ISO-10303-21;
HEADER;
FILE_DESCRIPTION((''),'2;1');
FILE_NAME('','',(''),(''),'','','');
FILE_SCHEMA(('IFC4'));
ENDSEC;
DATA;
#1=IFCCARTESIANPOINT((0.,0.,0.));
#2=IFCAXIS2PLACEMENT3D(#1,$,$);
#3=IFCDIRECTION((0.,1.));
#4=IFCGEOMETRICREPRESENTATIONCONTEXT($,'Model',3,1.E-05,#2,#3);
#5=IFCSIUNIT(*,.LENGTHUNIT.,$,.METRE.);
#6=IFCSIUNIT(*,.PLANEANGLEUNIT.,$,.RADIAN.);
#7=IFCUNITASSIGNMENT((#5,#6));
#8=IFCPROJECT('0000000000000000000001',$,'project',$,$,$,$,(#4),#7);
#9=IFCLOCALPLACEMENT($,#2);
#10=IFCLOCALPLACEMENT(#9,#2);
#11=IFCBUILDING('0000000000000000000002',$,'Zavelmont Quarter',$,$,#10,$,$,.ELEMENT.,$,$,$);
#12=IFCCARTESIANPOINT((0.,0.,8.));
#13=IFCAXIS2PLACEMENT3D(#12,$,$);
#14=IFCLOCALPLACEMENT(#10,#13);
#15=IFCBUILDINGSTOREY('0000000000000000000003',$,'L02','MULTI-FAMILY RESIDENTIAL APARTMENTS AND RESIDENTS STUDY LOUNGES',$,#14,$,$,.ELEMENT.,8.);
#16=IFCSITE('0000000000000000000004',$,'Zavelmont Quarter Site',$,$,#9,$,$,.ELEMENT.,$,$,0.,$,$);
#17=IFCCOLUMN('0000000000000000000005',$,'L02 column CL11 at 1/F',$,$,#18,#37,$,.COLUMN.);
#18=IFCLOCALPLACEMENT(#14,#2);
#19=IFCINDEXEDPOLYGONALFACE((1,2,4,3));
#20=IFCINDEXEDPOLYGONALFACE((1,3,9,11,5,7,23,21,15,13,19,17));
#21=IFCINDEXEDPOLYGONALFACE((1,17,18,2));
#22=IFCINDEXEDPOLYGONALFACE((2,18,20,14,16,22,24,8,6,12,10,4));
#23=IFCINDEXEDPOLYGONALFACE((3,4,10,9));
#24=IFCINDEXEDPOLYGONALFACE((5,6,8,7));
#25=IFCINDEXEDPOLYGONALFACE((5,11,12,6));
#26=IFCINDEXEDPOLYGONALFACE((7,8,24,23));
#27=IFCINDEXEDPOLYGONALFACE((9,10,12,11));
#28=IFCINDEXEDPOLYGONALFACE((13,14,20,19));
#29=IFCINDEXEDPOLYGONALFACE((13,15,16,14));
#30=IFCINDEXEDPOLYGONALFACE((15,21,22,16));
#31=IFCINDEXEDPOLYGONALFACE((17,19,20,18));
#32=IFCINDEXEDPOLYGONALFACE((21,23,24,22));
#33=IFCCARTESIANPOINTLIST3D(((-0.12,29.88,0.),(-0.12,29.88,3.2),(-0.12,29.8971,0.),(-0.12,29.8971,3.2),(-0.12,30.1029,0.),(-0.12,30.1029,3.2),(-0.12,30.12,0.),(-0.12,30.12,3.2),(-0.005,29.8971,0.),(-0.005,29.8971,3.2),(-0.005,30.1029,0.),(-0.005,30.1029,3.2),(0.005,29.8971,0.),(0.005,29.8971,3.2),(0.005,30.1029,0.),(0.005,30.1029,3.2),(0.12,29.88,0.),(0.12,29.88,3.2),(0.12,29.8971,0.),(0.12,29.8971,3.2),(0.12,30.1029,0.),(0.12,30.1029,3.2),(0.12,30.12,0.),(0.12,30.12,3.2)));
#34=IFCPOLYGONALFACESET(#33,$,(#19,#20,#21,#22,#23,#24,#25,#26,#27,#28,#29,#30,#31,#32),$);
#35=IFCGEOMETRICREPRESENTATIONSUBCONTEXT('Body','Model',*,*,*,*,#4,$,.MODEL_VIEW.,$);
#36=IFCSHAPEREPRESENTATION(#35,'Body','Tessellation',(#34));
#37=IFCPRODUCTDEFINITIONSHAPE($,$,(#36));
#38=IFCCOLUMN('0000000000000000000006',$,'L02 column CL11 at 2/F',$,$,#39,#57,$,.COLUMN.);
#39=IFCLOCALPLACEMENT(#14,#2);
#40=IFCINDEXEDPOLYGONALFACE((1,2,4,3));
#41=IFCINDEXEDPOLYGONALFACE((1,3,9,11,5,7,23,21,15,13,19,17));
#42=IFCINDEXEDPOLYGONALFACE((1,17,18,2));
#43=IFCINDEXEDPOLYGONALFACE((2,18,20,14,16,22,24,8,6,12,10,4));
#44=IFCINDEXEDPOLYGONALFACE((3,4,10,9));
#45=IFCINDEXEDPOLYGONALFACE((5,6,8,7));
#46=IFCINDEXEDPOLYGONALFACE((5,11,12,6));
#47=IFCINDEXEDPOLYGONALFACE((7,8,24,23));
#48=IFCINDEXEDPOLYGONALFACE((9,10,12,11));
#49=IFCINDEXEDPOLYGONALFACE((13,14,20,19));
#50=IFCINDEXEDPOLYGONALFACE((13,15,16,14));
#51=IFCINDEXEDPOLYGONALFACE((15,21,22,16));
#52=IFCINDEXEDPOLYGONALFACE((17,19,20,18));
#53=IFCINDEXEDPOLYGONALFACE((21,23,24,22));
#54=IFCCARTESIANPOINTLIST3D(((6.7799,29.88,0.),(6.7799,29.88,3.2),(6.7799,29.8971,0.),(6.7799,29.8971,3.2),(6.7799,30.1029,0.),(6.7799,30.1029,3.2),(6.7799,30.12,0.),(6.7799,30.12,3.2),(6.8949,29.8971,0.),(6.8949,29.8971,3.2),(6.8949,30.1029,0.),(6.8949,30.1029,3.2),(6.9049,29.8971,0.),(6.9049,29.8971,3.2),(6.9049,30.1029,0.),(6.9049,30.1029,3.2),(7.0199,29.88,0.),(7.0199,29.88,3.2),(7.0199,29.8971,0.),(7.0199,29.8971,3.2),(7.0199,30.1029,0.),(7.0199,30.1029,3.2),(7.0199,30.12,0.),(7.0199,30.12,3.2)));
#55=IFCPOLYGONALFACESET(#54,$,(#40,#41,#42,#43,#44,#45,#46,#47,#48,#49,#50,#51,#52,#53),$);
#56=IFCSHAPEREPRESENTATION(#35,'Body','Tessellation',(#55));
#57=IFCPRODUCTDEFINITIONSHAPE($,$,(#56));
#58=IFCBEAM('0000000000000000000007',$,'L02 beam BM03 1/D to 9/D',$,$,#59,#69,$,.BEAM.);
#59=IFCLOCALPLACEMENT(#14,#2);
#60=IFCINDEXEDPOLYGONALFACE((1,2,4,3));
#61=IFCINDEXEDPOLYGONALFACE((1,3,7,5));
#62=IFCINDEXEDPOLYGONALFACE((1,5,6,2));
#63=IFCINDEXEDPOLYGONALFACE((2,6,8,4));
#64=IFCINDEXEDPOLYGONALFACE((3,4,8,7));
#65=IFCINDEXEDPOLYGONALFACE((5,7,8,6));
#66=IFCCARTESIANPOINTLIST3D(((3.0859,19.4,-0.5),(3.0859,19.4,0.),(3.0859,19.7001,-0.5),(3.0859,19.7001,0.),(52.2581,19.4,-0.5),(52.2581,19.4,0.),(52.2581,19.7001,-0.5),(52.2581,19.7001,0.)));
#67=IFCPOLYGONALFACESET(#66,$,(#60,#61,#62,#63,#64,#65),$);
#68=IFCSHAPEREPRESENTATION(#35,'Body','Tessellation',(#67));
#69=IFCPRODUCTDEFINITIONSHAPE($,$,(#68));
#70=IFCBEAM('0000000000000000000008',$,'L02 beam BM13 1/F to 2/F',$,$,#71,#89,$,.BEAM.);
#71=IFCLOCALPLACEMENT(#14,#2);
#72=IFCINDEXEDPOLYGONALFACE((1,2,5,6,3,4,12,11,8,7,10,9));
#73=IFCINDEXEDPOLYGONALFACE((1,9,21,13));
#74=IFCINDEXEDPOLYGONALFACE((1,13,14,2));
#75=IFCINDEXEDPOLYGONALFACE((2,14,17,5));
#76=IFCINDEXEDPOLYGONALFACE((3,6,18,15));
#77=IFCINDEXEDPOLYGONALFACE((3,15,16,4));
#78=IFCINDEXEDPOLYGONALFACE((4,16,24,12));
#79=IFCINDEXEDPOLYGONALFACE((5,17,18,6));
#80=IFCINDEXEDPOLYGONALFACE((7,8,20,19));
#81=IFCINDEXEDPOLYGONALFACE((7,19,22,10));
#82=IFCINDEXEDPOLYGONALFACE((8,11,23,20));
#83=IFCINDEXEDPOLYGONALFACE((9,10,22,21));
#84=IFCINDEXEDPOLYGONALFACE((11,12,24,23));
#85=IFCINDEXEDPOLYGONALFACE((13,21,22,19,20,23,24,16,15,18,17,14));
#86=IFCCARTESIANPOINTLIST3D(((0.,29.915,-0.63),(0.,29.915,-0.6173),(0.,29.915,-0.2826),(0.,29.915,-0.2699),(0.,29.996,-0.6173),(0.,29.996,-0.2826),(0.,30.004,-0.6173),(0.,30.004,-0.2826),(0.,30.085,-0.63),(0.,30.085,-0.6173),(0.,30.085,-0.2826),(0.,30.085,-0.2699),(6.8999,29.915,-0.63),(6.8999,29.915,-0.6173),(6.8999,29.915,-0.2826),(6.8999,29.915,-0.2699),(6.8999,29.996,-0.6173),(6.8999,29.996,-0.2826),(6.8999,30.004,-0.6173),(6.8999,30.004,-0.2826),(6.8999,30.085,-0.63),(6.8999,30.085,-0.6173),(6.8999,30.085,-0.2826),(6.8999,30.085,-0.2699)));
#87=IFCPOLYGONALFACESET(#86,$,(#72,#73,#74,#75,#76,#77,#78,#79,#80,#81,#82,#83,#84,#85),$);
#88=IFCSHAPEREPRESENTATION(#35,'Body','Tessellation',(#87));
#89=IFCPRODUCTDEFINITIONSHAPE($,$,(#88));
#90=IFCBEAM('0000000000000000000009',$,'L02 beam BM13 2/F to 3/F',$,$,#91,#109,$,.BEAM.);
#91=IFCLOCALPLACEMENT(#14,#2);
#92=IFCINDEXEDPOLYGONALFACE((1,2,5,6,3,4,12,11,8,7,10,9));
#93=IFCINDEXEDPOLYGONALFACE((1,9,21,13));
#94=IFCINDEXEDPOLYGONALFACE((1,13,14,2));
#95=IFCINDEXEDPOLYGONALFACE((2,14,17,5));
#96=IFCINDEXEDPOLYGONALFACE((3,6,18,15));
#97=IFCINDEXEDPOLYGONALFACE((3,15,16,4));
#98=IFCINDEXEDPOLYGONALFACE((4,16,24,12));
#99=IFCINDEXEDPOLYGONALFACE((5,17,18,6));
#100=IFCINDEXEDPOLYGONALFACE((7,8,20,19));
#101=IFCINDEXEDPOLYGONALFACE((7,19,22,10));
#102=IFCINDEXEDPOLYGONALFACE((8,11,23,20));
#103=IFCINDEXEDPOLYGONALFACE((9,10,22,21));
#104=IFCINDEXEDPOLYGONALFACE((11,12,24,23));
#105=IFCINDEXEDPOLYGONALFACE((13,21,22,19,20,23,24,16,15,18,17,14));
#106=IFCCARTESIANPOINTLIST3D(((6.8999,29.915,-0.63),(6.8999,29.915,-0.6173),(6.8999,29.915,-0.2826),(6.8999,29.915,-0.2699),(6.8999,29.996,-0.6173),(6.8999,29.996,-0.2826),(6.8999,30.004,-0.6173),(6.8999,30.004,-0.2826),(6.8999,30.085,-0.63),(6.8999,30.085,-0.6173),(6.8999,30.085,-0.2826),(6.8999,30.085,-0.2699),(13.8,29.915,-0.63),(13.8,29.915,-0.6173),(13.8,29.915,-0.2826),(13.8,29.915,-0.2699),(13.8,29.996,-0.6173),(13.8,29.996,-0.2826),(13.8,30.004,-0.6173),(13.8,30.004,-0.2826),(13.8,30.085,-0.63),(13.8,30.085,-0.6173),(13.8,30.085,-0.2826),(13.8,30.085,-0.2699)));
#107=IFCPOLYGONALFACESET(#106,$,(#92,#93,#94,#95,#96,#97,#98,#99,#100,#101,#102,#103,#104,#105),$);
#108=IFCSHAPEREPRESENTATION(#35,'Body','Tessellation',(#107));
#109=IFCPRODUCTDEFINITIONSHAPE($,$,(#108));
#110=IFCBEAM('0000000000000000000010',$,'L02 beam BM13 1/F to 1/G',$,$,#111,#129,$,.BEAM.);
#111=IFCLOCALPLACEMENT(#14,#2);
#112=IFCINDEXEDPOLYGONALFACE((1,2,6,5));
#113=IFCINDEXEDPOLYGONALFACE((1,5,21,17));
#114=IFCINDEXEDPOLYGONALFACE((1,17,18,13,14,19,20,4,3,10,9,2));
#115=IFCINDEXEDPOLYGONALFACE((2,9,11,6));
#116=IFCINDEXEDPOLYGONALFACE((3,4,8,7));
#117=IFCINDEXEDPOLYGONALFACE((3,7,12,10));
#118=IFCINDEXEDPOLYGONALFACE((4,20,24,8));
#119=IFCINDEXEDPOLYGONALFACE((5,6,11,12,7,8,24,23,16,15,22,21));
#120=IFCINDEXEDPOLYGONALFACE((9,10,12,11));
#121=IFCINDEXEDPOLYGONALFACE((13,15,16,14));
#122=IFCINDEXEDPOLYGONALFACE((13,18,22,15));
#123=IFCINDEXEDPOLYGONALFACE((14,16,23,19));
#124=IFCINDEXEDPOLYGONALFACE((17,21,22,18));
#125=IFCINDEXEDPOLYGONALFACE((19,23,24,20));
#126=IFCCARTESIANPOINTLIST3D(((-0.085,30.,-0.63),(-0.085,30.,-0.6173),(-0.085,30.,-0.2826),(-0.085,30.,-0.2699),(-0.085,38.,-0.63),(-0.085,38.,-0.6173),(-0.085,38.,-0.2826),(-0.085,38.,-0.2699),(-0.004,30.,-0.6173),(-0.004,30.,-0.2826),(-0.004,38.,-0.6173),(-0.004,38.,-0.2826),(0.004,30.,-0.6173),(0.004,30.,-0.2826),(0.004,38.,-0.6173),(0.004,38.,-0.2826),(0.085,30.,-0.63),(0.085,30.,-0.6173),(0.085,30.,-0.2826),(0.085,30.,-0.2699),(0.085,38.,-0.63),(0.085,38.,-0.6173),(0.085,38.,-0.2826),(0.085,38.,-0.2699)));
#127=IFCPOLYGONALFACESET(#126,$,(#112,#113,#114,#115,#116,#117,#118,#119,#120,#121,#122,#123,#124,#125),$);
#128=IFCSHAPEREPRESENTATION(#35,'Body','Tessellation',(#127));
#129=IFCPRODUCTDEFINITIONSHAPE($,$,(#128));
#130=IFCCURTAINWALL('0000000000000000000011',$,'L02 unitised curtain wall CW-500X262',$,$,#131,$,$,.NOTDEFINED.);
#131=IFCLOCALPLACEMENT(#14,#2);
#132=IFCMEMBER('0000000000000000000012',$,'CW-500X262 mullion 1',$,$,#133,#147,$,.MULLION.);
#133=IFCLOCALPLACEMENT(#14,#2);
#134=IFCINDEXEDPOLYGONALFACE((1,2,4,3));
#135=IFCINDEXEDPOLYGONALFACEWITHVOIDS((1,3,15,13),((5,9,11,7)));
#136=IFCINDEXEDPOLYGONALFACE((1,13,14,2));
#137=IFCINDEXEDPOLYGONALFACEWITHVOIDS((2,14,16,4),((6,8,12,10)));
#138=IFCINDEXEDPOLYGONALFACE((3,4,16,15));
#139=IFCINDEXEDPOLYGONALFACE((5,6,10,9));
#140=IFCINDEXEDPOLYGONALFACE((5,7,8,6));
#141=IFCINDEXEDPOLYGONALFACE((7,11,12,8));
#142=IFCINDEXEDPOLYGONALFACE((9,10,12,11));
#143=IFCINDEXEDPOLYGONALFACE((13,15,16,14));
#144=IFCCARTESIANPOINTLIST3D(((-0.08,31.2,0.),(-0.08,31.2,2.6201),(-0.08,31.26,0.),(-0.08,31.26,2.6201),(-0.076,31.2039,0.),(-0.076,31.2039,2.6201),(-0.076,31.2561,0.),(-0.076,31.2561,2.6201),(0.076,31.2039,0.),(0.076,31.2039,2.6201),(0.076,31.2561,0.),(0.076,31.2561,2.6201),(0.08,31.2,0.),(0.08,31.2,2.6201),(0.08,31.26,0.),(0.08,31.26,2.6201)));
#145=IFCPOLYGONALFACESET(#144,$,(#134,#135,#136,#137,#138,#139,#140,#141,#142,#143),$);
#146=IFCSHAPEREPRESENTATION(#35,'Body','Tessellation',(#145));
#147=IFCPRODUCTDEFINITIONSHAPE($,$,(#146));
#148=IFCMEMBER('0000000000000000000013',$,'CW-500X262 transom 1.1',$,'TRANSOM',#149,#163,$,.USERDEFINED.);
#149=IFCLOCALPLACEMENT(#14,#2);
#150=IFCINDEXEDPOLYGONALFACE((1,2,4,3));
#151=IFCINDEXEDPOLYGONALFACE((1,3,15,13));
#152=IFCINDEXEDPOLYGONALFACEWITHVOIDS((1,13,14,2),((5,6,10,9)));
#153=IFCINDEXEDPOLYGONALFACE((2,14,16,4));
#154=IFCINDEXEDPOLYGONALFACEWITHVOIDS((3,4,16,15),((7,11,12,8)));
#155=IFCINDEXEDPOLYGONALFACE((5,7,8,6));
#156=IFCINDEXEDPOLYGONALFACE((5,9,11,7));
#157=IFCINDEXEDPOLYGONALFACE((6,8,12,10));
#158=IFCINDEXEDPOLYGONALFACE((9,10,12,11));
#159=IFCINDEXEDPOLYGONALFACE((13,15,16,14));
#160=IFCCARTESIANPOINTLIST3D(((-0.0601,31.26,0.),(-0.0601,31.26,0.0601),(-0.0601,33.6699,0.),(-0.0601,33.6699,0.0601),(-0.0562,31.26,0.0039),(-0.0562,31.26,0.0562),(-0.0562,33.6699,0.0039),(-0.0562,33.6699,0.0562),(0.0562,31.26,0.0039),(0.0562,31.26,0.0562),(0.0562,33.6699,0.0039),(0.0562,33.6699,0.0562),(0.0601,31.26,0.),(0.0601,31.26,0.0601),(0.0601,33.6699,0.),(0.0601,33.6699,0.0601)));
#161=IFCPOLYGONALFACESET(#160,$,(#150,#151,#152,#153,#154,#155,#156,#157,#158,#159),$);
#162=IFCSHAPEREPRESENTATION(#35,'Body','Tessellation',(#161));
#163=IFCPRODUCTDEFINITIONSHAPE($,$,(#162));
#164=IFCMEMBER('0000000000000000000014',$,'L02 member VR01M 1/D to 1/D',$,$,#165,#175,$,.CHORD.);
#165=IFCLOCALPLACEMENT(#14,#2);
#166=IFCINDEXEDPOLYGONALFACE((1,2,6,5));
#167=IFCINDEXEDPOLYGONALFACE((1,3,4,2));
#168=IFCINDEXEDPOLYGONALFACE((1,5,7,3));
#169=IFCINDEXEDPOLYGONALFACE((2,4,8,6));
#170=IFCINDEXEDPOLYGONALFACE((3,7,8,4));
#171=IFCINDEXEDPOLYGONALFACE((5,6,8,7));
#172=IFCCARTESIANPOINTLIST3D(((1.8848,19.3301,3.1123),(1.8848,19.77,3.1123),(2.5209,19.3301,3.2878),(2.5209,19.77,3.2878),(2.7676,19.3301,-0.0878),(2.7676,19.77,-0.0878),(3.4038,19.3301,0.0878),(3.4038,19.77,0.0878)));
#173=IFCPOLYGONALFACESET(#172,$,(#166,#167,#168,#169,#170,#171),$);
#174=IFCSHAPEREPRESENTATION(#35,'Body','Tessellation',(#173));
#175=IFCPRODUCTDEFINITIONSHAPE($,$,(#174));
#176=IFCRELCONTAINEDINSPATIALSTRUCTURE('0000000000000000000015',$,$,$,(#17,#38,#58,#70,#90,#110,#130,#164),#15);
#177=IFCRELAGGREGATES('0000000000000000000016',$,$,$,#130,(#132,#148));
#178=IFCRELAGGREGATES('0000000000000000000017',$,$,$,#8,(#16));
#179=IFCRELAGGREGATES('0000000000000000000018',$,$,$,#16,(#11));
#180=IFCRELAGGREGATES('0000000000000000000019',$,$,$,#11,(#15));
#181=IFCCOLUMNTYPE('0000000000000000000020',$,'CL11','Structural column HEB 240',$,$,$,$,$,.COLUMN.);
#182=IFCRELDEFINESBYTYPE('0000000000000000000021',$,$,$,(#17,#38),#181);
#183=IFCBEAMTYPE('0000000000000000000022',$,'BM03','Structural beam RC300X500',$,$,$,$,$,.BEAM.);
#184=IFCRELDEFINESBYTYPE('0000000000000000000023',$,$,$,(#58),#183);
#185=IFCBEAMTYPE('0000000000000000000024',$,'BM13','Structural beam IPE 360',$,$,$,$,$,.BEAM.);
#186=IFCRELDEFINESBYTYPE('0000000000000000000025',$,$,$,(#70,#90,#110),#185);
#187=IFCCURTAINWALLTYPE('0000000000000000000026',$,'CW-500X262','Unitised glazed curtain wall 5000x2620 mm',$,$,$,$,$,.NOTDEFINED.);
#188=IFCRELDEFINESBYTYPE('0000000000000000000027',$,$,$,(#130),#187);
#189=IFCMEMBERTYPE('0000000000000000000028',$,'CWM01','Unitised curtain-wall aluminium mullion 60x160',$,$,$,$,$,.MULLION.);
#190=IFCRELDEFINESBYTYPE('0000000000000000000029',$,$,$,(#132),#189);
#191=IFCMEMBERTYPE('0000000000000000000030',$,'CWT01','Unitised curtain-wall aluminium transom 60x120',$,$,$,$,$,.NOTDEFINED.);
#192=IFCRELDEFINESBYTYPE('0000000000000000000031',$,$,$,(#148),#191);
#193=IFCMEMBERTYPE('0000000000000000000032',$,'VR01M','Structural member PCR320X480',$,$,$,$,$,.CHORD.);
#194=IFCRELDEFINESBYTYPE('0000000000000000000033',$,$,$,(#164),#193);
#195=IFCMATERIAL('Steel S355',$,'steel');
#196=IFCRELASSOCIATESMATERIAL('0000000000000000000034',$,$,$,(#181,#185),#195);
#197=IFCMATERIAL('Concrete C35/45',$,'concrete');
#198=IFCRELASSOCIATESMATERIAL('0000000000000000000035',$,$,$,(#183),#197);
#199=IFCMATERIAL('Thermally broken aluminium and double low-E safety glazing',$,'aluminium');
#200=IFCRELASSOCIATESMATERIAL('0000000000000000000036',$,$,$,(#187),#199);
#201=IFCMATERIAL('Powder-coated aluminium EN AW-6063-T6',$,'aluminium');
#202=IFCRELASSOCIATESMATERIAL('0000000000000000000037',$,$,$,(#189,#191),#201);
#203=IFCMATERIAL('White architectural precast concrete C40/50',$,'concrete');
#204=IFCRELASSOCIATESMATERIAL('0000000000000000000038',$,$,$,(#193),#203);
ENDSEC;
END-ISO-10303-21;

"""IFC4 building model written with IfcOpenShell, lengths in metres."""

from ifc_helpers import new_model, si_unit, direction, frame, origin, origin_2d, place, context, subcontext, project, spatial, rectangle, hollow_rectangle, i_section, extrude, material, material_profile, profile_set, type_object, element, aggregate, save


model = new_model("IFC4")

# Units and contexts
model_context = context("Model", 3, precision=1e-05, world=origin(), true_north=direction((0.0, 1.0)))
body_context = subcontext(model_context, "Body", "Model", "MODEL_VIEW")
ifc_project = project(units=[si_unit("LENGTHUNIT", "METRE"), si_unit("PLANEANGLEUNIT", "RADIAN")], contexts=[model_context])

# Site, building, storey
site_placement = place(None, origin())
site = spatial("IfcSite", under=ifc_project, at=site_placement, Name="Zavelmont Quarter Site", CompositionType="ELEMENT", RefElevation=0.0)
building_placement = place(site_placement, origin())
building = spatial("IfcBuilding", under=site, at=building_placement, Name="Zavelmont Quarter", CompositionType="ELEMENT")
storey_placement = place(building_placement, frame((0.0, 0.0, 8.0)))
storey = spatial("IfcBuildingStorey", under=building, at=storey_placement, Name="L02", Description="MULTI-FAMILY RESIDENTIAL APARTMENTS AND RESIDENTS STUDY LOUNGES", CompositionType="ELEMENT", Elevation=8.0)

# Columns
ifc_material_1 = material(Name="Steel S355", Category="steel")
ifc_material_profile_1 = material_profile(ifc_material_1, i_section(OverallWidth=0.24, OverallDepth=0.24, WebThickness=0.01, FlangeThickness=0.0171, at=origin_2d()), Name="HEB 240")
ifc_profile_set_1 = profile_set([ifc_material_profile_1], Name="Steel S355")
column_type = type_object("IfcColumnType", Name="CL11", Description="Structural column HEB 240", PredefinedType="COLUMN", material=ifc_profile_set_1)
for number, where, z_axis, x_axis, name in (
    (1, (0.0, 30.0, 0.0), (0.0, 0.0, 1.0), (1.0, 0.0, 0.0), "L02 column CL11 at 1/F"),
    (2, (6.8999, 30.0, 0.0), (0.0, 0.0, 1.0), (1.0, 0.0, 0.0), "L02 column CL11 at 2/F"),
):
    element("IfcColumn", number, at=place(storey_placement, frame(where, z_axis=z_axis, x_axis=x_axis)), inside=storey, type_object=column_type, Name=name, PredefinedType="COLUMN", context=body_context, shape_type="SweptSolid", body=[
        extrude(i_section(OverallWidth=0.24, OverallDepth=0.24, WebThickness=0.01, FlangeThickness=0.0171, at=origin_2d()), origin(), (0.0, 0.0, 1.0), 3.2),
    ])

# Beams
ifc_material_2 = material(Name="Concrete C35/45", Category="concrete")
ifc_material_profile_2 = material_profile(ifc_material_2, rectangle(XDim=0.3, YDim=0.5, at=origin_2d()), Name="RC300X500")
ifc_profile_set_2 = profile_set([ifc_material_profile_2], Name="Concrete C35/45")
beam_type_1 = type_object("IfcBeamType", Name="BM03", Description="Structural beam RC300X500", PredefinedType="BEAM", material=ifc_profile_set_2)
beam_1_placement = place(storey_placement, frame((3.0859, 19.55, -0.25), z_axis=(1.0, 0.0, 0.0), x_axis=(0.0, 1.0, 0.0)))
element("IfcBeam", 3, at=beam_1_placement, inside=storey, type_object=beam_type_1, Name="L02 beam BM03 1/D to 9/D", PredefinedType="BEAM", context=body_context, shape_type="SweptSolid", body=[
    extrude(rectangle(XDim=0.3, YDim=0.5, at=origin_2d()), origin(), (0.0, 0.0, 1.0), 49.1721),
])
ifc_material_profile_3 = material_profile(ifc_material_1, i_section(OverallWidth=0.1699, OverallDepth=0.3601, WebThickness=0.0081, FlangeThickness=0.0127, at=origin_2d()), Name="IPE 360")
ifc_profile_set_3 = profile_set([ifc_material_profile_3], Name="Steel S355")
beam_type_2 = type_object("IfcBeamType", Name="BM13", Description="Structural beam IPE 360", PredefinedType="BEAM", material=ifc_profile_set_3)
beam_2_placement = place(storey_placement, frame((0.0, 30.0, -0.45), z_axis=(1.0, 0.0, 0.0), x_axis=(0.0, 1.0, 0.0)))
element("IfcBeam", 4, at=beam_2_placement, inside=storey, type_object=beam_type_2, Name="L02 beam BM13 1/F to 2/F", PredefinedType="BEAM", context=body_context, shape_type="SweptSolid", body=[
    extrude(i_section(OverallWidth=0.1699, OverallDepth=0.3601, WebThickness=0.0081, FlangeThickness=0.0127, at=origin_2d()), origin(), (0.0, 0.0, 1.0), 6.8999),
])
beam_3_placement = place(storey_placement, frame((6.8999, 30.0, -0.45), z_axis=(1.0, 0.0, 0.0), x_axis=(0.0, 1.0, 0.0)))
element("IfcBeam", 5, at=beam_3_placement, inside=storey, type_object=beam_type_2, Name="L02 beam BM13 2/F to 3/F", PredefinedType="BEAM", context=body_context, shape_type="SweptSolid", body=[
    extrude(i_section(OverallWidth=0.1699, OverallDepth=0.3601, WebThickness=0.0081, FlangeThickness=0.0127, at=origin_2d()), origin(), (0.0, 0.0, 1.0), 6.9001),
])
beam_4_placement = place(storey_placement, frame((0.0, 30.0, -0.45), z_axis=(0.0, 1.0, 0.0), x_axis=(-1.0, 0.0, 0.0)))
element("IfcBeam", 6, at=beam_4_placement, inside=storey, type_object=beam_type_2, Name="L02 beam BM13 1/F to 1/G", PredefinedType="BEAM", context=body_context, shape_type="SweptSolid", body=[
    extrude(i_section(OverallWidth=0.1699, OverallDepth=0.3601, WebThickness=0.0081, FlangeThickness=0.0127, at=origin_2d()), origin(), (0.0, 0.0, 1.0), 8.0),
])

# Curtain wall, members
ifc_material_3 = material(Name="Thermally broken aluminium and double low-E safety glazing", Category="aluminium")
curtain_wall_type = type_object("IfcCurtainWallType", Name="CW-500X262", Description="Unitised glazed curtain wall 5000x2620 mm", PredefinedType="NOTDEFINED", material=ifc_material_3)
curtain_wall_placement = place(storey_placement, origin())
curtain_wall = element("IfcCurtainWall", 7, at=curtain_wall_placement, inside=storey, type_object=curtain_wall_type, Name="L02 unitised curtain wall CW-500X262", PredefinedType="NOTDEFINED")
ifc_material_4 = material(Name="Powder-coated aluminium EN AW-6063-T6", Category="aluminium")
ifc_material_profile_4 = material_profile(ifc_material_4, hollow_rectangle(XDim=0.0601, YDim=0.1599, WallThickness=0.0039, at=origin_2d()), Name="CWM60X160")
ifc_profile_set_4 = profile_set([ifc_material_profile_4], Name="Powder-coated aluminium EN AW-6063-T6")
member_type_1 = type_object("IfcMemberType", Name="CWM01", Description="Unitised curtain-wall aluminium mullion 60x160", PredefinedType="MULLION", material=ifc_profile_set_4)
member_1_placement = place(storey_placement, frame((0.0, 31.23, 0.0), z_axis=(0.0, 0.0, 1.0), x_axis=(0.0, 1.0, 0.0)))
member_1 = element("IfcMember", 8, at=member_1_placement, type_object=member_type_1, Name="CW-500X262 mullion 1", PredefinedType="MULLION", context=body_context, shape_type="SweptSolid", body=[
    extrude(hollow_rectangle(XDim=0.0601, YDim=0.1599, WallThickness=0.0039, at=origin_2d()), origin(), (0.0, 0.0, 1.0), 2.6201),
])
ifc_material_profile_5 = material_profile(ifc_material_4, hollow_rectangle(XDim=0.1201, YDim=0.0601, WallThickness=0.0039, at=origin_2d()), Name="CWT60X120")
ifc_profile_set_5 = profile_set([ifc_material_profile_5], Name="Powder-coated aluminium EN AW-6063-T6")
member_type_2 = type_object("IfcMemberType", Name="CWT01", Description="Unitised curtain-wall aluminium transom 60x120", PredefinedType="NOTDEFINED", material=ifc_profile_set_5)
member_2_placement = place(storey_placement, frame((0.0, 31.26, 0.03), z_axis=(0.0, 1.0, 0.0), x_axis=(-1.0, 0.0, 0.0)))
member_2 = element("IfcMember", 9, at=member_2_placement, type_object=member_type_2, Name="CW-500X262 transom 1.1", ObjectType="TRANSOM", PredefinedType="USERDEFINED", context=body_context, shape_type="SweptSolid", body=[
    extrude(hollow_rectangle(XDim=0.1201, YDim=0.0601, WallThickness=0.0039, at=origin_2d()), origin(), (0.0, 0.0, 1.0), 2.4099),
])
aggregate(curtain_wall, [member_1, member_2])

# Member
ifc_material_5 = material(Name="White architectural precast concrete C40/50", Category="concrete")
ifc_material_profile_6 = material_profile(ifc_material_5, rectangle(XDim=0.4399, YDim=0.6599, at=origin_2d()), Name="PCR320X480")
ifc_profile_set_6 = profile_set([ifc_material_profile_6], Name="White architectural precast concrete C40/50")
member_type_3 = type_object("IfcMemberType", Name="VR01M", Description="Structural member PCR320X480", PredefinedType="CHORD", material=ifc_profile_set_6)
member_3_placement = place(storey_placement, frame((3.0857, 19.55, 0.0), z_axis=(-0.265948, 0.0, 0.963987), x_axis=(0.0, -1.0, 0.0)))
element("IfcMember", 10, at=member_3_placement, inside=storey, type_object=member_type_3, Name="L02 member VR01M 1/D to 1/D", PredefinedType="CHORD", context=body_context, shape_type="SweptSolid", body=[
    extrude(rectangle(XDim=0.4399, YDim=0.6599, at=origin_2d()), origin(), (0.0, 0.0, 1.0), 3.3196),
])

save(model, "model.ifc")
